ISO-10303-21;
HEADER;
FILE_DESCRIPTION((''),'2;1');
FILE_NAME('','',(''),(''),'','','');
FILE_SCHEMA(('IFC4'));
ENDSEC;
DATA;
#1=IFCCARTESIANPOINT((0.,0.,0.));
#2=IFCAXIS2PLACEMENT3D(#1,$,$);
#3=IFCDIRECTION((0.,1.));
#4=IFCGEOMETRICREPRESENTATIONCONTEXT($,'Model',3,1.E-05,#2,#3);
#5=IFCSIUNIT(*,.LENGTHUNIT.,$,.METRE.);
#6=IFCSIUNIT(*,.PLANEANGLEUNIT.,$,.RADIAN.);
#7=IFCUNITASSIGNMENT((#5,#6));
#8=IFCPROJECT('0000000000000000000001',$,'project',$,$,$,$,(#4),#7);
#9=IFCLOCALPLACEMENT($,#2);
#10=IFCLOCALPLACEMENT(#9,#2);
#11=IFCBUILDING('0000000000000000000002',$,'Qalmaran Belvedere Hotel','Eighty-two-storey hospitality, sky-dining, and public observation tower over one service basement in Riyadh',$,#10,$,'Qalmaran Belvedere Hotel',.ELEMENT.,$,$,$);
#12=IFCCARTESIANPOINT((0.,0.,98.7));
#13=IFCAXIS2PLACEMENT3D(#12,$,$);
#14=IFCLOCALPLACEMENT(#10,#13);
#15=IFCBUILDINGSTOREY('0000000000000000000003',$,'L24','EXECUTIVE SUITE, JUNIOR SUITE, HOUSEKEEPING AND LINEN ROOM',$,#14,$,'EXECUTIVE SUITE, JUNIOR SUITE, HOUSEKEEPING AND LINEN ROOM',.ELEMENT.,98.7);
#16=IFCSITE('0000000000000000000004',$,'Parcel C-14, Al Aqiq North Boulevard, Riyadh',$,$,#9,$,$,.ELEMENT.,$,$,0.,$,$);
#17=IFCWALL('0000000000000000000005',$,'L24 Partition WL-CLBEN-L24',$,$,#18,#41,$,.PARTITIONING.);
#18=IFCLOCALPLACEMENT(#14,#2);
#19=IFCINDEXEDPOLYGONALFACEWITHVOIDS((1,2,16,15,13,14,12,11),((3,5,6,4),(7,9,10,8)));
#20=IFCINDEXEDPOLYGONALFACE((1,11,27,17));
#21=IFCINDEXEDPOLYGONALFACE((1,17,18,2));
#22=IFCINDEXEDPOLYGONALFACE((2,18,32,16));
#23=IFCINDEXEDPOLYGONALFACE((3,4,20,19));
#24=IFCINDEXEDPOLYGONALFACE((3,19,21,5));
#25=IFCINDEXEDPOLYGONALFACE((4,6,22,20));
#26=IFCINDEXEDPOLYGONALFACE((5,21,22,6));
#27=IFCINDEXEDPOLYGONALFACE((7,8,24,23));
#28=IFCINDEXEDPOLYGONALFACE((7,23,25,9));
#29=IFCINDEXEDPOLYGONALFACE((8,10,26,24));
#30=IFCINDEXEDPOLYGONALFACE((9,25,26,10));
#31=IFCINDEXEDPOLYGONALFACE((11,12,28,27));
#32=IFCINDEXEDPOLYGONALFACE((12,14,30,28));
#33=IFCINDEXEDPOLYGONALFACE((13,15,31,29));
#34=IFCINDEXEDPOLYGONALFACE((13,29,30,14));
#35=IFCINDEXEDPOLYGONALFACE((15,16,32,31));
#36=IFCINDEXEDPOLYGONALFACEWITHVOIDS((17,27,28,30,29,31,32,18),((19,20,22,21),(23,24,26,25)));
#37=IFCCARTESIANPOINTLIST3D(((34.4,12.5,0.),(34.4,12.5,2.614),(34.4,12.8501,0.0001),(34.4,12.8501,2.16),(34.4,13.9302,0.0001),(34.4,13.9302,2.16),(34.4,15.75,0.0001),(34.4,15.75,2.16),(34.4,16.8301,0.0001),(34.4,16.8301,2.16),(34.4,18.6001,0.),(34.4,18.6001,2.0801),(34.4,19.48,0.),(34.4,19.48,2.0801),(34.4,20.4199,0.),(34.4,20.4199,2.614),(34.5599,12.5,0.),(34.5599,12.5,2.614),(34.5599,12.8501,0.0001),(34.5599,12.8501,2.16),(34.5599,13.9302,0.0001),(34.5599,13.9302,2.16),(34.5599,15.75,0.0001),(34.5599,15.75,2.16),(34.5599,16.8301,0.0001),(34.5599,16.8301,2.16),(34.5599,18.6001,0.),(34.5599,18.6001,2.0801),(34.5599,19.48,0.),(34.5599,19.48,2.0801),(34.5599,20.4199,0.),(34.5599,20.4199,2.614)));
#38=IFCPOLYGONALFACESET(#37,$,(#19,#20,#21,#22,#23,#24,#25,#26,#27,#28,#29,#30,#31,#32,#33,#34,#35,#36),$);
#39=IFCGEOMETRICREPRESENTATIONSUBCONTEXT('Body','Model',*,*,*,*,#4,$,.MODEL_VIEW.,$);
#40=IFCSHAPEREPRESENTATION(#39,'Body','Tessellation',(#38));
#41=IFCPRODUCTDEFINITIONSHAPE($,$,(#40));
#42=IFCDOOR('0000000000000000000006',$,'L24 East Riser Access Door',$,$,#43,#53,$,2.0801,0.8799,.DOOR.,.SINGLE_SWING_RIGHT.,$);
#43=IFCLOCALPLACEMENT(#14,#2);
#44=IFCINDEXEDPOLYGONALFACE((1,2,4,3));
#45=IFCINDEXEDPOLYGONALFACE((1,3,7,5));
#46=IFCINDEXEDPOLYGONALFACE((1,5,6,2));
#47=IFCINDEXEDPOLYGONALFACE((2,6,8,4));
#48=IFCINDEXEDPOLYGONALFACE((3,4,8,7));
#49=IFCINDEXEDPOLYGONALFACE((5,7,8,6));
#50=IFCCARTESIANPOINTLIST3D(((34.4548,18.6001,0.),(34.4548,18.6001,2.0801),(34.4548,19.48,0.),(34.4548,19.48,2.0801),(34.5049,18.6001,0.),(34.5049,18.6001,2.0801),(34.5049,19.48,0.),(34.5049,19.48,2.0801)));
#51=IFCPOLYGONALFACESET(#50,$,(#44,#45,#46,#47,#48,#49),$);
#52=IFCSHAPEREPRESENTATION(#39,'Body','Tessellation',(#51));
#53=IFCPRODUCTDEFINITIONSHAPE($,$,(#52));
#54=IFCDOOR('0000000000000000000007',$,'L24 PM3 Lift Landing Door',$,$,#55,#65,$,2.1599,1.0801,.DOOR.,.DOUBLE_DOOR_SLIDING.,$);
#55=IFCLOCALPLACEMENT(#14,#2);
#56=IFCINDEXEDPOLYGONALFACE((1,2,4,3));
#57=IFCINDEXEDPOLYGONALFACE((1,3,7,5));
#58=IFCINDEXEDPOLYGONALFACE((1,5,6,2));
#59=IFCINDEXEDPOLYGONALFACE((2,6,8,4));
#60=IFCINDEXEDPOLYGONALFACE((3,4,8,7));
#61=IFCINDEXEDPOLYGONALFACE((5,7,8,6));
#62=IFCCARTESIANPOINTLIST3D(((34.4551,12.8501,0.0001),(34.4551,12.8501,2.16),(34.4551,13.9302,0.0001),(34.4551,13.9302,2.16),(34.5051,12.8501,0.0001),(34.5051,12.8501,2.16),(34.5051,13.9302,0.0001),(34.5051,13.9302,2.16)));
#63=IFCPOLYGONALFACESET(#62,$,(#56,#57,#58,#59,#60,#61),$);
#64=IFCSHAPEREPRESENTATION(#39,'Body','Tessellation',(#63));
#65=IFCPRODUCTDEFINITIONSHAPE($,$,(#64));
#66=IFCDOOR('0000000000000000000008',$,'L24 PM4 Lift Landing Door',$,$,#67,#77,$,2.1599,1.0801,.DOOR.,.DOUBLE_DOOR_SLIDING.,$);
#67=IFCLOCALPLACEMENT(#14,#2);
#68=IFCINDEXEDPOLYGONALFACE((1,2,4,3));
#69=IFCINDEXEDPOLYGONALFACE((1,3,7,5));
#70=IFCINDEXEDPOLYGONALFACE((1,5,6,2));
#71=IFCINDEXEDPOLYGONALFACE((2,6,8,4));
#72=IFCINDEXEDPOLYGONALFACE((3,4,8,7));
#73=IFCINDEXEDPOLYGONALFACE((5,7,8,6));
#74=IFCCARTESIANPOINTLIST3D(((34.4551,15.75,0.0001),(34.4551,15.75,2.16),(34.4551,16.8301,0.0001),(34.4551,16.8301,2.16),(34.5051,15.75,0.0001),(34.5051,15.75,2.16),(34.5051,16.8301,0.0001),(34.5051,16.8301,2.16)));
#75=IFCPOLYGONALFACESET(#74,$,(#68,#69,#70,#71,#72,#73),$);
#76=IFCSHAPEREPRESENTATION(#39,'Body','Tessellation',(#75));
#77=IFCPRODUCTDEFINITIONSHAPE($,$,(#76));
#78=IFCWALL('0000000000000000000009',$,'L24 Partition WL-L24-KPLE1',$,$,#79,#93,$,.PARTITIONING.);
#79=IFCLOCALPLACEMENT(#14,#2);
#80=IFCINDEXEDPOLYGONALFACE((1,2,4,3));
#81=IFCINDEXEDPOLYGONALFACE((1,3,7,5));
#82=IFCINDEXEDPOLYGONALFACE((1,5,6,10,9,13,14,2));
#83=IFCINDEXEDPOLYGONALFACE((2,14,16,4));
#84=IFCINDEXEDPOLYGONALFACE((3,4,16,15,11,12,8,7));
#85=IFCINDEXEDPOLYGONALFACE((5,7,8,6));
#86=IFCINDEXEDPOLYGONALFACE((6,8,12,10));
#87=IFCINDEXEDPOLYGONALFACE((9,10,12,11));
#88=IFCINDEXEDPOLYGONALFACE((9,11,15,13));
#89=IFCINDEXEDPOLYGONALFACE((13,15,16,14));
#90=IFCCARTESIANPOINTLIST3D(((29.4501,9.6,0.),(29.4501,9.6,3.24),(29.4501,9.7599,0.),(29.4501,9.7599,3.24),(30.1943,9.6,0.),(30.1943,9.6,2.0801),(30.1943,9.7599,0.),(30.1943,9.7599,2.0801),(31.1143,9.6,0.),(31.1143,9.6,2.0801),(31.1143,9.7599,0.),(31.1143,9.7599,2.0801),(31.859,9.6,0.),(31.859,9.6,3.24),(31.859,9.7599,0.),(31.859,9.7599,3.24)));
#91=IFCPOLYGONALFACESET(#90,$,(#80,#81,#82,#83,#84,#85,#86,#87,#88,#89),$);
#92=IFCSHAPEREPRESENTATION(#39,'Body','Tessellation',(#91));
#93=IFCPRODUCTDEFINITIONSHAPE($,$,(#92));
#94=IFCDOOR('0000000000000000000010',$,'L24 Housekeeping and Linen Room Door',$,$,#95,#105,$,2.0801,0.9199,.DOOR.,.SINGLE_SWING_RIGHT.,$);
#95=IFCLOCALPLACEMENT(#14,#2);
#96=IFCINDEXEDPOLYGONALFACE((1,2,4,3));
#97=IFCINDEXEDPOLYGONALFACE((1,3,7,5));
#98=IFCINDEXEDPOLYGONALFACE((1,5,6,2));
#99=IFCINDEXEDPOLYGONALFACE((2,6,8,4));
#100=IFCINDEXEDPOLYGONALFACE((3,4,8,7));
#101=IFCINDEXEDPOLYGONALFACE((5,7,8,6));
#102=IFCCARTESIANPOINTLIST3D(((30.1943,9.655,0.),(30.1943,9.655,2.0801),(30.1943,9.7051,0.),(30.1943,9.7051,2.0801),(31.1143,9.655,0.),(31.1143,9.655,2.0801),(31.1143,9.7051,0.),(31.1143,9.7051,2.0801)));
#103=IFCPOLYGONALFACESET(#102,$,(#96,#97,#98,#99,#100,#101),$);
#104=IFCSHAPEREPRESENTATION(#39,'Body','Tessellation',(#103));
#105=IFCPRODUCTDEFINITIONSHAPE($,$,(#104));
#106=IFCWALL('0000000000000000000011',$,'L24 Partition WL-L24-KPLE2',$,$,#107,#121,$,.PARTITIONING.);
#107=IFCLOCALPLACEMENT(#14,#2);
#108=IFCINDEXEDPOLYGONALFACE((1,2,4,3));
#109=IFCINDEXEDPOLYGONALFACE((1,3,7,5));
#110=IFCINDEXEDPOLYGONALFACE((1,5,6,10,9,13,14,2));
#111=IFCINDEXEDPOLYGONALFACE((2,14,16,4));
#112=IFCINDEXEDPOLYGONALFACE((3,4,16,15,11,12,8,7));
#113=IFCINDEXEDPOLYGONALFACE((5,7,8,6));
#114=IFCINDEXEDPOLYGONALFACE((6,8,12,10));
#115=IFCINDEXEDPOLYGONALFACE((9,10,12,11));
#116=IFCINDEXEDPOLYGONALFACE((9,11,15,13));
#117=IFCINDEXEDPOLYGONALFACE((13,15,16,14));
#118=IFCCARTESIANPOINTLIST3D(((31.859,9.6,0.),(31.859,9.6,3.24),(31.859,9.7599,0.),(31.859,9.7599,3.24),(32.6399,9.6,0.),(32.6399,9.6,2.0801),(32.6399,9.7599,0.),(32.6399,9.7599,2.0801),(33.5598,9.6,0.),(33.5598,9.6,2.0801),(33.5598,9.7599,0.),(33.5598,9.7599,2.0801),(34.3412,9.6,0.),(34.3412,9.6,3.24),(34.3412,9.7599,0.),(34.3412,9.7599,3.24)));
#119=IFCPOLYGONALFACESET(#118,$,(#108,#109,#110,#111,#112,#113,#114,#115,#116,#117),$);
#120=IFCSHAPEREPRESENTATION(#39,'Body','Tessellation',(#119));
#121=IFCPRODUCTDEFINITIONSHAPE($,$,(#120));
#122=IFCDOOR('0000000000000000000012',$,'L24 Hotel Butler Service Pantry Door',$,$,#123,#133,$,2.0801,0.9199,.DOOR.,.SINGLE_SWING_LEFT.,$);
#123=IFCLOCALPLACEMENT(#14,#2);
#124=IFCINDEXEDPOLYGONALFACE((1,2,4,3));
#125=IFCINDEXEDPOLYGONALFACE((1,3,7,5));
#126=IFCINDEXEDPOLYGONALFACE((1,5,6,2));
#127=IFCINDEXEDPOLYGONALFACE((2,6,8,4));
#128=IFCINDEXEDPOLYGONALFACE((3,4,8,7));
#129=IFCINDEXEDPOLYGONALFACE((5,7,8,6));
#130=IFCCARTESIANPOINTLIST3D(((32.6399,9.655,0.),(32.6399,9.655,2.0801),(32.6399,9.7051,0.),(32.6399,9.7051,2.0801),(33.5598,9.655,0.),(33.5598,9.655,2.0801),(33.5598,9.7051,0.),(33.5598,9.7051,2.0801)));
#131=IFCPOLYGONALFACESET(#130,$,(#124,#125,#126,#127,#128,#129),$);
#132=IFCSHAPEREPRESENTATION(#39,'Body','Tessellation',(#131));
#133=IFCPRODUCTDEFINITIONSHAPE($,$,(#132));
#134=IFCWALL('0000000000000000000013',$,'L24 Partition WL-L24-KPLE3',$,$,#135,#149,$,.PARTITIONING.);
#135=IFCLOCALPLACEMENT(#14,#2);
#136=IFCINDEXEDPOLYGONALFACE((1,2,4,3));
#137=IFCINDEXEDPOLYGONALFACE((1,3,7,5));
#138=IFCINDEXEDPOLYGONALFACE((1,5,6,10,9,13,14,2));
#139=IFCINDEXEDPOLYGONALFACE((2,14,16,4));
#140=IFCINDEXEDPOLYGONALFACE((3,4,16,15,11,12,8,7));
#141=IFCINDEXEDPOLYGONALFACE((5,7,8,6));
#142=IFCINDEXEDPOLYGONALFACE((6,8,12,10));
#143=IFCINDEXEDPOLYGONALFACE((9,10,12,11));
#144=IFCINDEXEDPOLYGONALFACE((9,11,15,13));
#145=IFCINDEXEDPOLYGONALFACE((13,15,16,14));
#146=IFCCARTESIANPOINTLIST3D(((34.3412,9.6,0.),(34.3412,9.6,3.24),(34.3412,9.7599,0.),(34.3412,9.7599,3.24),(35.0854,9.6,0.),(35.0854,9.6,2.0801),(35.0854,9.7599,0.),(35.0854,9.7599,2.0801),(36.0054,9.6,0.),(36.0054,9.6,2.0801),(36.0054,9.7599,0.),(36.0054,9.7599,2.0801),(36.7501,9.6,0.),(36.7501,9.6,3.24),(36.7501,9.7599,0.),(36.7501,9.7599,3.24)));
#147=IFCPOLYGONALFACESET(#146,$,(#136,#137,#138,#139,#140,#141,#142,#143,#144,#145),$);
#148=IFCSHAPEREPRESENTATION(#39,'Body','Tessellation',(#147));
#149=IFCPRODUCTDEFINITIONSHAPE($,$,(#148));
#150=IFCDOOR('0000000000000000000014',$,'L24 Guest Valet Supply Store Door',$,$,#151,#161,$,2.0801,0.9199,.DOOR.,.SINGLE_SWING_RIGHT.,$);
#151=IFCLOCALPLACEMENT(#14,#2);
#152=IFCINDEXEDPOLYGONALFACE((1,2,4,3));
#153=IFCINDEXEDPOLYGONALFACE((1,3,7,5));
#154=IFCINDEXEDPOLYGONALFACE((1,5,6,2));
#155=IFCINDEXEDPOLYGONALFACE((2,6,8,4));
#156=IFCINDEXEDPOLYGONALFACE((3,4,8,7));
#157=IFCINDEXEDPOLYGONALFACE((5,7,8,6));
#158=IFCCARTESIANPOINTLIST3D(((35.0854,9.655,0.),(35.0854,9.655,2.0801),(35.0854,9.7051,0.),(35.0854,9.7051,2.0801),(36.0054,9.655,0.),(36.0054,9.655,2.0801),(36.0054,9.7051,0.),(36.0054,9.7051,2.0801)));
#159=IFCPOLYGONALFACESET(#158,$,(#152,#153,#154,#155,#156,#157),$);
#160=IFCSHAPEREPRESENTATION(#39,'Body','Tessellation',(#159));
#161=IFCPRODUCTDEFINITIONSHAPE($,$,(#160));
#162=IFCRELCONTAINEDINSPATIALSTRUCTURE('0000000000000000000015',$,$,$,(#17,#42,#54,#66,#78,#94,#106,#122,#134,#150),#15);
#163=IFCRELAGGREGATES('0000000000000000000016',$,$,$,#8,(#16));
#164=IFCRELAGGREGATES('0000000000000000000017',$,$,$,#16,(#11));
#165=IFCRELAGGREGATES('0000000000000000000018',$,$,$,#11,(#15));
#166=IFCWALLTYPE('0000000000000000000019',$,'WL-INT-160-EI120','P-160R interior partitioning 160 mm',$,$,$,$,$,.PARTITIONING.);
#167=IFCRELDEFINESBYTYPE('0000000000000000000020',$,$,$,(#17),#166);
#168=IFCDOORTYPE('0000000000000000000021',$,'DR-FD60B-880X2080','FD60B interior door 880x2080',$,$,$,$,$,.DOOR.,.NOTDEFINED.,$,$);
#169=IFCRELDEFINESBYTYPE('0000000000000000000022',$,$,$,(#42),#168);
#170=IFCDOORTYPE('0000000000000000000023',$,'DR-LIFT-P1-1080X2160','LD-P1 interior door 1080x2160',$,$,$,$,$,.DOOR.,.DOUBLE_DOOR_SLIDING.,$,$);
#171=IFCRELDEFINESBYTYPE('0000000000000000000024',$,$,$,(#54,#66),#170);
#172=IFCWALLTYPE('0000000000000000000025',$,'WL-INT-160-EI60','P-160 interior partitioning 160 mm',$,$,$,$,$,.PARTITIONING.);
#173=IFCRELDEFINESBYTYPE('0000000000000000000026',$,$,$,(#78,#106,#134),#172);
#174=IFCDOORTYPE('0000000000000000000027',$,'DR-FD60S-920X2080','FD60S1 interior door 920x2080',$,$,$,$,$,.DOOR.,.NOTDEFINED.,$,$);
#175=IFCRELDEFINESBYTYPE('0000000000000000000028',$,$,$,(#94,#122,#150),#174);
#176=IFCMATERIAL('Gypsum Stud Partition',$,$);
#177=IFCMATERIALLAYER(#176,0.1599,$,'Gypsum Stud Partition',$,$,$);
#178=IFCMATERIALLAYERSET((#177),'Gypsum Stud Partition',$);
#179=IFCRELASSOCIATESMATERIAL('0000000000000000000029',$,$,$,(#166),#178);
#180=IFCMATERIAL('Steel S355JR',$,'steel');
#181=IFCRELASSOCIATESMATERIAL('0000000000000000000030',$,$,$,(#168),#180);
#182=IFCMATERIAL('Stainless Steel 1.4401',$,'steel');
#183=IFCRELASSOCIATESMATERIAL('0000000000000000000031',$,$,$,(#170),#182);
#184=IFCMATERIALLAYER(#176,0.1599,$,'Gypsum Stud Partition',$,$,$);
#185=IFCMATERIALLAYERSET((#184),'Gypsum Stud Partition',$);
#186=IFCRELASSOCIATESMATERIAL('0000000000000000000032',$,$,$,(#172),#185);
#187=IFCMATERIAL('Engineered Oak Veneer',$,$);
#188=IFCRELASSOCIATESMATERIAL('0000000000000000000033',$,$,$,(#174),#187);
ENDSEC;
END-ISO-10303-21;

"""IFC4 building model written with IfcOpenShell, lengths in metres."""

from ifc_helpers import new_model, si_unit, direction, frame, frame_2d, origin, place, context, subcontext, project, spatial, rectangle, extrude, material, layer, layer_set, type_object, element, fill, save


model = new_model("IFC4")

# Units and contexts
model_context = context("Model", 3, precision=1e-05, world=origin(), true_north=direction((0.0, 1.0)))
body_context = subcontext(model_context, "Body", "Model", "MODEL_VIEW")
ifc_project = project(units=[si_unit("LENGTHUNIT", "METRE"), si_unit("PLANEANGLEUNIT", "RADIAN")], contexts=[model_context])

# Site, building, storey
site_placement = place(None, origin())
site = spatial("IfcSite", under=ifc_project, at=site_placement, Name="Parcel C-14, Al Aqiq North Boulevard, Riyadh", CompositionType="ELEMENT", RefElevation=0.0)
building_placement = place(site_placement, origin())
building = spatial("IfcBuilding", under=site, at=building_placement, Name="Qalmaran Belvedere Hotel", Description="Eighty-two-storey hospitality, sky-dining, and public observation tower over one service basement in Riyadh", LongName="Qalmaran Belvedere Hotel", CompositionType="ELEMENT")
storey_placement = place(building_placement, frame((0.0, 0.0, 98.7)))
storey = spatial("IfcBuildingStorey", under=building, at=storey_placement, Name="L24", Description="EXECUTIVE SUITE, JUNIOR SUITE, HOUSEKEEPING AND LINEN ROOM", LongName="EXECUTIVE SUITE, JUNIOR SUITE, HOUSEKEEPING AND LINEN ROOM", CompositionType="ELEMENT", Elevation=98.7)

# Shared definitions
ifc_material_1 = material(Name="Steel S355JR", Category="steel")

# Shared definitions
ifc_material_2 = material(Name="Gypsum Stud Partition")

# Wall, openings, doors
ifc_layer_1 = layer(ifc_material_2, 0.1599, Name="Gypsum Stud Partition")
ifc_layer_set_1 = layer_set([ifc_layer_1], Name="Gypsum Stud Partition")
wall_type_1 = type_object("IfcWallType", Name="WL-INT-160-EI120", Description="P-160R interior partitioning 160 mm", PredefinedType="PARTITIONING", material=ifc_layer_set_1)
door_type_1 = type_object("IfcDoorType", Name="DR-FD60B-880X2080", Description="FD60B interior door 880x2080", OperationType="NOTDEFINED", PredefinedType="DOOR", material=ifc_material_1)
ifc_material_3 = material(Name="Stainless Steel 1.4401", Category="steel")
door_type_2 = type_object("IfcDoorType", Name="DR-LIFT-P1-1080X2160", Description="LD-P1 interior door 1080x2160", OperationType="DOUBLE_DOOR_SLIDING", PredefinedType="DOOR", material=ifc_material_3)
wall_1_placement = place(storey_placement, frame((34.48, 12.5, 0.0), z_axis=(0.0, 0.0, 1.0), x_axis=(0.0, 1.0, 0.0)))
wall_1 = element("IfcWall", 1, at=wall_1_placement, inside=storey, type_object=wall_type_1, Name="L24 Partition WL-CLBEN-L24", PredefinedType="PARTITIONING", context=body_context, shape_type="SweptSolid", body=[
    extrude(rectangle(XDim=7.9199, YDim=0.1599, at=frame_2d((3.96, 0.0))), origin(), (0.0, 0.0, 1.0), 2.614),
])
opening_1_placement = place(wall_1_placement, frame((0.3501, 0.0, 0.0)))
opening_1 = element("IfcOpeningElement", 2, at=opening_1_placement, cuts=wall_1, PredefinedType="OPENING", context=body_context, shape_type="SweptSolid", body=[
    extrude(rectangle(XDim=1.0801, YDim=2.1599, at=frame_2d((0.54, 1.0801))), frame((0.0, 0.0898, 0.0), z_axis=(0.0, -1.0, 0.0), x_axis=(1.0, 0.0, 0.0)), (0.0, 0.0, 1.0), 0.1799),
])
opening_2_placement = place(wall_1_placement, frame((3.25, 0.0, 0.0)))
opening_2 = element("IfcOpeningElement", 3, at=opening_2_placement, cuts=wall_1, PredefinedType="OPENING", context=body_context, shape_type="SweptSolid", body=[
    extrude(rectangle(XDim=1.0801, YDim=2.1599, at=frame_2d((0.54, 1.0801))), frame((0.0, 0.0898, 0.0), z_axis=(0.0, -1.0, 0.0), x_axis=(1.0, 0.0, 0.0)), (0.0, 0.0, 1.0), 0.1799),
])
opening_3_placement = place(wall_1_placement, frame((6.98, 0.0, 0.0), z_axis=(0.0, 0.0, 1.0), x_axis=(-1.0, 0.0, 0.0)))
opening_3 = element("IfcOpeningElement", 4, at=opening_3_placement, cuts=wall_1, PredefinedType="OPENING", context=body_context, shape_type="SweptSolid", body=[
    extrude(rectangle(XDim=0.8799, YDim=2.0801, at=frame_2d((0.4399, 1.04))), frame((0.0, 0.0898, 0.0), z_axis=(0.0, -1.0, 0.0), x_axis=(1.0, 0.0, 0.0)), (0.0, 0.0, 1.0), 0.1799),
])
door_1_placement = place(opening_3_placement, origin())
door_1 = element("IfcDoor", 5, at=door_1_placement, inside=storey, type_object=door_type_1, Name="L24 East Riser Access Door", OperationType="SINGLE_SWING_RIGHT", OverallHeight=2.0801, OverallWidth=0.8799, PredefinedType="DOOR", context=body_context, shape_type="SweptSolid", body=[
    extrude(rectangle(XDim=0.8799, YDim=2.0801, at=frame_2d((0.4399, 1.04))), frame((0.0, 0.0249, 0.0), z_axis=(0.0, -1.0, 0.0), x_axis=(1.0, 0.0, 0.0)), (0.0, 0.0, 1.0), 0.05),
])
fill(opening_3, door_1)
door_2_placement = place(opening_1_placement, origin())
door_2 = element("IfcDoor", 6, at=door_2_placement, inside=storey, type_object=door_type_2, Name="L24 PM3 Lift Landing Door", OperationType="DOUBLE_DOOR_SLIDING", OverallHeight=2.1599, OverallWidth=1.0801, PredefinedType="DOOR", context=body_context, shape_type="SweptSolid", body=[
    extrude(rectangle(XDim=1.0801, YDim=2.1599, at=frame_2d((0.54, 1.0801))), frame((0.0, 0.0249, 0.0), z_axis=(0.0, -1.0, 0.0), x_axis=(1.0, 0.0, 0.0)), (0.0, 0.0, 1.0), 0.05),
])
fill(opening_1, door_2)
door_3_placement = place(opening_2_placement, origin())
door_3 = element("IfcDoor", 7, at=door_3_placement, inside=storey, type_object=door_type_2, Name="L24 PM4 Lift Landing Door", OperationType="DOUBLE_DOOR_SLIDING", OverallHeight=2.1599, OverallWidth=1.0801, PredefinedType="DOOR", context=body_context, shape_type="SweptSolid", body=[
    extrude(rectangle(XDim=1.0801, YDim=2.1599, at=frame_2d((0.54, 1.0801))), frame((0.0, 0.0249, 0.0), z_axis=(0.0, -1.0, 0.0), x_axis=(1.0, 0.0, 0.0)), (0.0, 0.0, 1.0), 0.05),
])
fill(opening_2, door_3)

# Walls, openings, doors
ifc_layer_2 = layer(ifc_material_2, 0.1599, Name="Gypsum Stud Partition")
ifc_layer_set_2 = layer_set([ifc_layer_2], Name="Gypsum Stud Partition")
wall_type_2 = type_object("IfcWallType", Name="WL-INT-160-EI60", Description="P-160 interior partitioning 160 mm", PredefinedType="PARTITIONING", material=ifc_layer_set_2)
wall_2_placement = place(storey_placement, frame((29.45, 9.6799, 0.0), z_axis=(0.0, 0.0, 1.0), x_axis=(1.0, 0.0, 0.0)))
wall_2 = element("IfcWall", 8, at=wall_2_placement, inside=storey, type_object=wall_type_2, Name="L24 Partition WL-L24-KPLE1", PredefinedType="PARTITIONING", context=body_context, shape_type="SweptSolid", body=[
    extrude(rectangle(XDim=2.4089, YDim=0.1599, at=frame_2d((1.2046, 0.0))), origin(), (0.0, 0.0, 1.0), 3.24),
])
opening_4_placement = place(wall_2_placement, frame((1.6643, 0.0, 0.0), z_axis=(0.0, 0.0, 1.0), x_axis=(-1.0, 0.0, 0.0)))
opening_4 = element("IfcOpeningElement", 9, at=opening_4_placement, cuts=wall_2, PredefinedType="OPENING", context=body_context, shape_type="SweptSolid", body=[
    extrude(rectangle(XDim=0.9199, YDim=2.0801, at=frame_2d((0.46, 1.04))), frame((0.0, 0.0898, 0.0), z_axis=(0.0, -1.0, 0.0), x_axis=(1.0, 0.0, 0.0)), (0.0, 0.0, 1.0), 0.1799),
])
ifc_material_4 = material(Name="Engineered Oak Veneer")
door_type_3 = type_object("IfcDoorType", Name="DR-FD60S-920X2080", Description="FD60S1 interior door 920x2080", OperationType="NOTDEFINED", PredefinedType="DOOR", material=ifc_material_4)
door_4_placement = place(opening_4_placement, origin())
door_4 = element("IfcDoor", 10, at=door_4_placement, inside=storey, type_object=door_type_3, Name="L24 Housekeeping and Linen Room Door", OperationType="SINGLE_SWING_RIGHT", OverallHeight=2.0801, OverallWidth=0.9199, PredefinedType="DOOR", context=body_context, shape_type="SweptSolid", body=[
    extrude(rectangle(XDim=0.9199, YDim=2.0801, at=frame_2d((0.46, 1.04))), frame((0.0, 0.0249, 0.0), z_axis=(0.0, -1.0, 0.0), x_axis=(1.0, 0.0, 0.0)), (0.0, 0.0, 1.0), 0.05),
])
fill(opening_4, door_4)
wall_3_placement = place(storey_placement, frame((31.8589, 9.6799, 0.0), z_axis=(0.0, 0.0, 1.0), x_axis=(1.0, 0.0, 0.0)))
wall_3 = element("IfcWall", 11, at=wall_3_placement, inside=storey, type_object=wall_type_2, Name="L24 Partition WL-L24-KPLE2", PredefinedType="PARTITIONING", context=body_context, shape_type="SweptSolid", body=[
    extrude(rectangle(XDim=2.4822, YDim=0.1599, at=frame_2d((1.2412, 0.0))), origin(), (0.0, 0.0, 1.0), 3.24),
])
opening_5_placement = place(wall_3_placement, frame((1.7009, 0.0, 0.0), z_axis=(0.0, 0.0, 1.0), x_axis=(-1.0, 0.0, 0.0)))
opening_5 = element("IfcOpeningElement", 12, at=opening_5_placement, cuts=wall_3, PredefinedType="OPENING", context=body_context, shape_type="SweptSolid", body=[
    extrude(rectangle(XDim=0.9199, YDim=2.0801, at=frame_2d((0.46, 1.04))), frame((0.0, 0.0898, 0.0), z_axis=(0.0, -1.0, 0.0), x_axis=(1.0, 0.0, 0.0)), (0.0, 0.0, 1.0), 0.1799),
])
door_5_placement = place(opening_5_placement, origin())
door_5 = element("IfcDoor", 13, at=door_5_placement, inside=storey, type_object=door_type_3, Name="L24 Hotel Butler Service Pantry Door", OperationType="SINGLE_SWING_LEFT", OverallHeight=2.0801, OverallWidth=0.9199, PredefinedType="DOOR", context=body_context, shape_type="SweptSolid", body=[
    extrude(rectangle(XDim=0.9199, YDim=2.0801, at=frame_2d((0.46, 1.04))), frame((0.0, 0.0249, 0.0), z_axis=(0.0, -1.0, 0.0), x_axis=(1.0, 0.0, 0.0)), (0.0, 0.0, 1.0), 0.05),
])
fill(opening_5, door_5)
wall_4_placement = place(storey_placement, frame((34.3411, 9.6799, 0.0), z_axis=(0.0, 0.0, 1.0), x_axis=(1.0, 0.0, 0.0)))
wall_4 = element("IfcWall", 14, at=wall_4_placement, inside=storey, type_object=wall_type_2, Name="L24 Partition WL-L24-KPLE3", PredefinedType="PARTITIONING", context=body_context, shape_type="SweptSolid", body=[
    extrude(rectangle(XDim=2.4089, YDim=0.1599, at=frame_2d((1.2046, 0.0))), origin(), (0.0, 0.0, 1.0), 3.24),
])
opening_6_placement = place(wall_4_placement, frame((1.6643, 0.0, 0.0), z_axis=(0.0, 0.0, 1.0), x_axis=(-1.0, 0.0, 0.0)))
opening_6 = element("IfcOpeningElement", 15, at=opening_6_placement, cuts=wall_4, PredefinedType="OPENING", context=body_context, shape_type="SweptSolid", body=[
    extrude(rectangle(XDim=0.9199, YDim=2.0801, at=frame_2d((0.46, 1.04))), frame((0.0, 0.0898, 0.0), z_axis=(0.0, -1.0, 0.0), x_axis=(1.0, 0.0, 0.0)), (0.0, 0.0, 1.0), 0.1799),
])
door_6_placement = place(opening_6_placement, origin())
door_6 = element("IfcDoor", 16, at=door_6_placement, inside=storey, type_object=door_type_3, Name="L24 Guest Valet Supply Store Door", OperationType="SINGLE_SWING_RIGHT", OverallHeight=2.0801, OverallWidth=0.9199, PredefinedType="DOOR", context=body_context, shape_type="SweptSolid", body=[
    extrude(rectangle(XDim=0.9199, YDim=2.0801, at=frame_2d((0.46, 1.04))), frame((0.0, 0.0249, 0.0), z_axis=(0.0, -1.0, 0.0), x_axis=(1.0, 0.0, 0.0)), (0.0, 0.0, 1.0), 0.05),
])
fill(opening_6, door_6)

save(model, "model.ifc")
